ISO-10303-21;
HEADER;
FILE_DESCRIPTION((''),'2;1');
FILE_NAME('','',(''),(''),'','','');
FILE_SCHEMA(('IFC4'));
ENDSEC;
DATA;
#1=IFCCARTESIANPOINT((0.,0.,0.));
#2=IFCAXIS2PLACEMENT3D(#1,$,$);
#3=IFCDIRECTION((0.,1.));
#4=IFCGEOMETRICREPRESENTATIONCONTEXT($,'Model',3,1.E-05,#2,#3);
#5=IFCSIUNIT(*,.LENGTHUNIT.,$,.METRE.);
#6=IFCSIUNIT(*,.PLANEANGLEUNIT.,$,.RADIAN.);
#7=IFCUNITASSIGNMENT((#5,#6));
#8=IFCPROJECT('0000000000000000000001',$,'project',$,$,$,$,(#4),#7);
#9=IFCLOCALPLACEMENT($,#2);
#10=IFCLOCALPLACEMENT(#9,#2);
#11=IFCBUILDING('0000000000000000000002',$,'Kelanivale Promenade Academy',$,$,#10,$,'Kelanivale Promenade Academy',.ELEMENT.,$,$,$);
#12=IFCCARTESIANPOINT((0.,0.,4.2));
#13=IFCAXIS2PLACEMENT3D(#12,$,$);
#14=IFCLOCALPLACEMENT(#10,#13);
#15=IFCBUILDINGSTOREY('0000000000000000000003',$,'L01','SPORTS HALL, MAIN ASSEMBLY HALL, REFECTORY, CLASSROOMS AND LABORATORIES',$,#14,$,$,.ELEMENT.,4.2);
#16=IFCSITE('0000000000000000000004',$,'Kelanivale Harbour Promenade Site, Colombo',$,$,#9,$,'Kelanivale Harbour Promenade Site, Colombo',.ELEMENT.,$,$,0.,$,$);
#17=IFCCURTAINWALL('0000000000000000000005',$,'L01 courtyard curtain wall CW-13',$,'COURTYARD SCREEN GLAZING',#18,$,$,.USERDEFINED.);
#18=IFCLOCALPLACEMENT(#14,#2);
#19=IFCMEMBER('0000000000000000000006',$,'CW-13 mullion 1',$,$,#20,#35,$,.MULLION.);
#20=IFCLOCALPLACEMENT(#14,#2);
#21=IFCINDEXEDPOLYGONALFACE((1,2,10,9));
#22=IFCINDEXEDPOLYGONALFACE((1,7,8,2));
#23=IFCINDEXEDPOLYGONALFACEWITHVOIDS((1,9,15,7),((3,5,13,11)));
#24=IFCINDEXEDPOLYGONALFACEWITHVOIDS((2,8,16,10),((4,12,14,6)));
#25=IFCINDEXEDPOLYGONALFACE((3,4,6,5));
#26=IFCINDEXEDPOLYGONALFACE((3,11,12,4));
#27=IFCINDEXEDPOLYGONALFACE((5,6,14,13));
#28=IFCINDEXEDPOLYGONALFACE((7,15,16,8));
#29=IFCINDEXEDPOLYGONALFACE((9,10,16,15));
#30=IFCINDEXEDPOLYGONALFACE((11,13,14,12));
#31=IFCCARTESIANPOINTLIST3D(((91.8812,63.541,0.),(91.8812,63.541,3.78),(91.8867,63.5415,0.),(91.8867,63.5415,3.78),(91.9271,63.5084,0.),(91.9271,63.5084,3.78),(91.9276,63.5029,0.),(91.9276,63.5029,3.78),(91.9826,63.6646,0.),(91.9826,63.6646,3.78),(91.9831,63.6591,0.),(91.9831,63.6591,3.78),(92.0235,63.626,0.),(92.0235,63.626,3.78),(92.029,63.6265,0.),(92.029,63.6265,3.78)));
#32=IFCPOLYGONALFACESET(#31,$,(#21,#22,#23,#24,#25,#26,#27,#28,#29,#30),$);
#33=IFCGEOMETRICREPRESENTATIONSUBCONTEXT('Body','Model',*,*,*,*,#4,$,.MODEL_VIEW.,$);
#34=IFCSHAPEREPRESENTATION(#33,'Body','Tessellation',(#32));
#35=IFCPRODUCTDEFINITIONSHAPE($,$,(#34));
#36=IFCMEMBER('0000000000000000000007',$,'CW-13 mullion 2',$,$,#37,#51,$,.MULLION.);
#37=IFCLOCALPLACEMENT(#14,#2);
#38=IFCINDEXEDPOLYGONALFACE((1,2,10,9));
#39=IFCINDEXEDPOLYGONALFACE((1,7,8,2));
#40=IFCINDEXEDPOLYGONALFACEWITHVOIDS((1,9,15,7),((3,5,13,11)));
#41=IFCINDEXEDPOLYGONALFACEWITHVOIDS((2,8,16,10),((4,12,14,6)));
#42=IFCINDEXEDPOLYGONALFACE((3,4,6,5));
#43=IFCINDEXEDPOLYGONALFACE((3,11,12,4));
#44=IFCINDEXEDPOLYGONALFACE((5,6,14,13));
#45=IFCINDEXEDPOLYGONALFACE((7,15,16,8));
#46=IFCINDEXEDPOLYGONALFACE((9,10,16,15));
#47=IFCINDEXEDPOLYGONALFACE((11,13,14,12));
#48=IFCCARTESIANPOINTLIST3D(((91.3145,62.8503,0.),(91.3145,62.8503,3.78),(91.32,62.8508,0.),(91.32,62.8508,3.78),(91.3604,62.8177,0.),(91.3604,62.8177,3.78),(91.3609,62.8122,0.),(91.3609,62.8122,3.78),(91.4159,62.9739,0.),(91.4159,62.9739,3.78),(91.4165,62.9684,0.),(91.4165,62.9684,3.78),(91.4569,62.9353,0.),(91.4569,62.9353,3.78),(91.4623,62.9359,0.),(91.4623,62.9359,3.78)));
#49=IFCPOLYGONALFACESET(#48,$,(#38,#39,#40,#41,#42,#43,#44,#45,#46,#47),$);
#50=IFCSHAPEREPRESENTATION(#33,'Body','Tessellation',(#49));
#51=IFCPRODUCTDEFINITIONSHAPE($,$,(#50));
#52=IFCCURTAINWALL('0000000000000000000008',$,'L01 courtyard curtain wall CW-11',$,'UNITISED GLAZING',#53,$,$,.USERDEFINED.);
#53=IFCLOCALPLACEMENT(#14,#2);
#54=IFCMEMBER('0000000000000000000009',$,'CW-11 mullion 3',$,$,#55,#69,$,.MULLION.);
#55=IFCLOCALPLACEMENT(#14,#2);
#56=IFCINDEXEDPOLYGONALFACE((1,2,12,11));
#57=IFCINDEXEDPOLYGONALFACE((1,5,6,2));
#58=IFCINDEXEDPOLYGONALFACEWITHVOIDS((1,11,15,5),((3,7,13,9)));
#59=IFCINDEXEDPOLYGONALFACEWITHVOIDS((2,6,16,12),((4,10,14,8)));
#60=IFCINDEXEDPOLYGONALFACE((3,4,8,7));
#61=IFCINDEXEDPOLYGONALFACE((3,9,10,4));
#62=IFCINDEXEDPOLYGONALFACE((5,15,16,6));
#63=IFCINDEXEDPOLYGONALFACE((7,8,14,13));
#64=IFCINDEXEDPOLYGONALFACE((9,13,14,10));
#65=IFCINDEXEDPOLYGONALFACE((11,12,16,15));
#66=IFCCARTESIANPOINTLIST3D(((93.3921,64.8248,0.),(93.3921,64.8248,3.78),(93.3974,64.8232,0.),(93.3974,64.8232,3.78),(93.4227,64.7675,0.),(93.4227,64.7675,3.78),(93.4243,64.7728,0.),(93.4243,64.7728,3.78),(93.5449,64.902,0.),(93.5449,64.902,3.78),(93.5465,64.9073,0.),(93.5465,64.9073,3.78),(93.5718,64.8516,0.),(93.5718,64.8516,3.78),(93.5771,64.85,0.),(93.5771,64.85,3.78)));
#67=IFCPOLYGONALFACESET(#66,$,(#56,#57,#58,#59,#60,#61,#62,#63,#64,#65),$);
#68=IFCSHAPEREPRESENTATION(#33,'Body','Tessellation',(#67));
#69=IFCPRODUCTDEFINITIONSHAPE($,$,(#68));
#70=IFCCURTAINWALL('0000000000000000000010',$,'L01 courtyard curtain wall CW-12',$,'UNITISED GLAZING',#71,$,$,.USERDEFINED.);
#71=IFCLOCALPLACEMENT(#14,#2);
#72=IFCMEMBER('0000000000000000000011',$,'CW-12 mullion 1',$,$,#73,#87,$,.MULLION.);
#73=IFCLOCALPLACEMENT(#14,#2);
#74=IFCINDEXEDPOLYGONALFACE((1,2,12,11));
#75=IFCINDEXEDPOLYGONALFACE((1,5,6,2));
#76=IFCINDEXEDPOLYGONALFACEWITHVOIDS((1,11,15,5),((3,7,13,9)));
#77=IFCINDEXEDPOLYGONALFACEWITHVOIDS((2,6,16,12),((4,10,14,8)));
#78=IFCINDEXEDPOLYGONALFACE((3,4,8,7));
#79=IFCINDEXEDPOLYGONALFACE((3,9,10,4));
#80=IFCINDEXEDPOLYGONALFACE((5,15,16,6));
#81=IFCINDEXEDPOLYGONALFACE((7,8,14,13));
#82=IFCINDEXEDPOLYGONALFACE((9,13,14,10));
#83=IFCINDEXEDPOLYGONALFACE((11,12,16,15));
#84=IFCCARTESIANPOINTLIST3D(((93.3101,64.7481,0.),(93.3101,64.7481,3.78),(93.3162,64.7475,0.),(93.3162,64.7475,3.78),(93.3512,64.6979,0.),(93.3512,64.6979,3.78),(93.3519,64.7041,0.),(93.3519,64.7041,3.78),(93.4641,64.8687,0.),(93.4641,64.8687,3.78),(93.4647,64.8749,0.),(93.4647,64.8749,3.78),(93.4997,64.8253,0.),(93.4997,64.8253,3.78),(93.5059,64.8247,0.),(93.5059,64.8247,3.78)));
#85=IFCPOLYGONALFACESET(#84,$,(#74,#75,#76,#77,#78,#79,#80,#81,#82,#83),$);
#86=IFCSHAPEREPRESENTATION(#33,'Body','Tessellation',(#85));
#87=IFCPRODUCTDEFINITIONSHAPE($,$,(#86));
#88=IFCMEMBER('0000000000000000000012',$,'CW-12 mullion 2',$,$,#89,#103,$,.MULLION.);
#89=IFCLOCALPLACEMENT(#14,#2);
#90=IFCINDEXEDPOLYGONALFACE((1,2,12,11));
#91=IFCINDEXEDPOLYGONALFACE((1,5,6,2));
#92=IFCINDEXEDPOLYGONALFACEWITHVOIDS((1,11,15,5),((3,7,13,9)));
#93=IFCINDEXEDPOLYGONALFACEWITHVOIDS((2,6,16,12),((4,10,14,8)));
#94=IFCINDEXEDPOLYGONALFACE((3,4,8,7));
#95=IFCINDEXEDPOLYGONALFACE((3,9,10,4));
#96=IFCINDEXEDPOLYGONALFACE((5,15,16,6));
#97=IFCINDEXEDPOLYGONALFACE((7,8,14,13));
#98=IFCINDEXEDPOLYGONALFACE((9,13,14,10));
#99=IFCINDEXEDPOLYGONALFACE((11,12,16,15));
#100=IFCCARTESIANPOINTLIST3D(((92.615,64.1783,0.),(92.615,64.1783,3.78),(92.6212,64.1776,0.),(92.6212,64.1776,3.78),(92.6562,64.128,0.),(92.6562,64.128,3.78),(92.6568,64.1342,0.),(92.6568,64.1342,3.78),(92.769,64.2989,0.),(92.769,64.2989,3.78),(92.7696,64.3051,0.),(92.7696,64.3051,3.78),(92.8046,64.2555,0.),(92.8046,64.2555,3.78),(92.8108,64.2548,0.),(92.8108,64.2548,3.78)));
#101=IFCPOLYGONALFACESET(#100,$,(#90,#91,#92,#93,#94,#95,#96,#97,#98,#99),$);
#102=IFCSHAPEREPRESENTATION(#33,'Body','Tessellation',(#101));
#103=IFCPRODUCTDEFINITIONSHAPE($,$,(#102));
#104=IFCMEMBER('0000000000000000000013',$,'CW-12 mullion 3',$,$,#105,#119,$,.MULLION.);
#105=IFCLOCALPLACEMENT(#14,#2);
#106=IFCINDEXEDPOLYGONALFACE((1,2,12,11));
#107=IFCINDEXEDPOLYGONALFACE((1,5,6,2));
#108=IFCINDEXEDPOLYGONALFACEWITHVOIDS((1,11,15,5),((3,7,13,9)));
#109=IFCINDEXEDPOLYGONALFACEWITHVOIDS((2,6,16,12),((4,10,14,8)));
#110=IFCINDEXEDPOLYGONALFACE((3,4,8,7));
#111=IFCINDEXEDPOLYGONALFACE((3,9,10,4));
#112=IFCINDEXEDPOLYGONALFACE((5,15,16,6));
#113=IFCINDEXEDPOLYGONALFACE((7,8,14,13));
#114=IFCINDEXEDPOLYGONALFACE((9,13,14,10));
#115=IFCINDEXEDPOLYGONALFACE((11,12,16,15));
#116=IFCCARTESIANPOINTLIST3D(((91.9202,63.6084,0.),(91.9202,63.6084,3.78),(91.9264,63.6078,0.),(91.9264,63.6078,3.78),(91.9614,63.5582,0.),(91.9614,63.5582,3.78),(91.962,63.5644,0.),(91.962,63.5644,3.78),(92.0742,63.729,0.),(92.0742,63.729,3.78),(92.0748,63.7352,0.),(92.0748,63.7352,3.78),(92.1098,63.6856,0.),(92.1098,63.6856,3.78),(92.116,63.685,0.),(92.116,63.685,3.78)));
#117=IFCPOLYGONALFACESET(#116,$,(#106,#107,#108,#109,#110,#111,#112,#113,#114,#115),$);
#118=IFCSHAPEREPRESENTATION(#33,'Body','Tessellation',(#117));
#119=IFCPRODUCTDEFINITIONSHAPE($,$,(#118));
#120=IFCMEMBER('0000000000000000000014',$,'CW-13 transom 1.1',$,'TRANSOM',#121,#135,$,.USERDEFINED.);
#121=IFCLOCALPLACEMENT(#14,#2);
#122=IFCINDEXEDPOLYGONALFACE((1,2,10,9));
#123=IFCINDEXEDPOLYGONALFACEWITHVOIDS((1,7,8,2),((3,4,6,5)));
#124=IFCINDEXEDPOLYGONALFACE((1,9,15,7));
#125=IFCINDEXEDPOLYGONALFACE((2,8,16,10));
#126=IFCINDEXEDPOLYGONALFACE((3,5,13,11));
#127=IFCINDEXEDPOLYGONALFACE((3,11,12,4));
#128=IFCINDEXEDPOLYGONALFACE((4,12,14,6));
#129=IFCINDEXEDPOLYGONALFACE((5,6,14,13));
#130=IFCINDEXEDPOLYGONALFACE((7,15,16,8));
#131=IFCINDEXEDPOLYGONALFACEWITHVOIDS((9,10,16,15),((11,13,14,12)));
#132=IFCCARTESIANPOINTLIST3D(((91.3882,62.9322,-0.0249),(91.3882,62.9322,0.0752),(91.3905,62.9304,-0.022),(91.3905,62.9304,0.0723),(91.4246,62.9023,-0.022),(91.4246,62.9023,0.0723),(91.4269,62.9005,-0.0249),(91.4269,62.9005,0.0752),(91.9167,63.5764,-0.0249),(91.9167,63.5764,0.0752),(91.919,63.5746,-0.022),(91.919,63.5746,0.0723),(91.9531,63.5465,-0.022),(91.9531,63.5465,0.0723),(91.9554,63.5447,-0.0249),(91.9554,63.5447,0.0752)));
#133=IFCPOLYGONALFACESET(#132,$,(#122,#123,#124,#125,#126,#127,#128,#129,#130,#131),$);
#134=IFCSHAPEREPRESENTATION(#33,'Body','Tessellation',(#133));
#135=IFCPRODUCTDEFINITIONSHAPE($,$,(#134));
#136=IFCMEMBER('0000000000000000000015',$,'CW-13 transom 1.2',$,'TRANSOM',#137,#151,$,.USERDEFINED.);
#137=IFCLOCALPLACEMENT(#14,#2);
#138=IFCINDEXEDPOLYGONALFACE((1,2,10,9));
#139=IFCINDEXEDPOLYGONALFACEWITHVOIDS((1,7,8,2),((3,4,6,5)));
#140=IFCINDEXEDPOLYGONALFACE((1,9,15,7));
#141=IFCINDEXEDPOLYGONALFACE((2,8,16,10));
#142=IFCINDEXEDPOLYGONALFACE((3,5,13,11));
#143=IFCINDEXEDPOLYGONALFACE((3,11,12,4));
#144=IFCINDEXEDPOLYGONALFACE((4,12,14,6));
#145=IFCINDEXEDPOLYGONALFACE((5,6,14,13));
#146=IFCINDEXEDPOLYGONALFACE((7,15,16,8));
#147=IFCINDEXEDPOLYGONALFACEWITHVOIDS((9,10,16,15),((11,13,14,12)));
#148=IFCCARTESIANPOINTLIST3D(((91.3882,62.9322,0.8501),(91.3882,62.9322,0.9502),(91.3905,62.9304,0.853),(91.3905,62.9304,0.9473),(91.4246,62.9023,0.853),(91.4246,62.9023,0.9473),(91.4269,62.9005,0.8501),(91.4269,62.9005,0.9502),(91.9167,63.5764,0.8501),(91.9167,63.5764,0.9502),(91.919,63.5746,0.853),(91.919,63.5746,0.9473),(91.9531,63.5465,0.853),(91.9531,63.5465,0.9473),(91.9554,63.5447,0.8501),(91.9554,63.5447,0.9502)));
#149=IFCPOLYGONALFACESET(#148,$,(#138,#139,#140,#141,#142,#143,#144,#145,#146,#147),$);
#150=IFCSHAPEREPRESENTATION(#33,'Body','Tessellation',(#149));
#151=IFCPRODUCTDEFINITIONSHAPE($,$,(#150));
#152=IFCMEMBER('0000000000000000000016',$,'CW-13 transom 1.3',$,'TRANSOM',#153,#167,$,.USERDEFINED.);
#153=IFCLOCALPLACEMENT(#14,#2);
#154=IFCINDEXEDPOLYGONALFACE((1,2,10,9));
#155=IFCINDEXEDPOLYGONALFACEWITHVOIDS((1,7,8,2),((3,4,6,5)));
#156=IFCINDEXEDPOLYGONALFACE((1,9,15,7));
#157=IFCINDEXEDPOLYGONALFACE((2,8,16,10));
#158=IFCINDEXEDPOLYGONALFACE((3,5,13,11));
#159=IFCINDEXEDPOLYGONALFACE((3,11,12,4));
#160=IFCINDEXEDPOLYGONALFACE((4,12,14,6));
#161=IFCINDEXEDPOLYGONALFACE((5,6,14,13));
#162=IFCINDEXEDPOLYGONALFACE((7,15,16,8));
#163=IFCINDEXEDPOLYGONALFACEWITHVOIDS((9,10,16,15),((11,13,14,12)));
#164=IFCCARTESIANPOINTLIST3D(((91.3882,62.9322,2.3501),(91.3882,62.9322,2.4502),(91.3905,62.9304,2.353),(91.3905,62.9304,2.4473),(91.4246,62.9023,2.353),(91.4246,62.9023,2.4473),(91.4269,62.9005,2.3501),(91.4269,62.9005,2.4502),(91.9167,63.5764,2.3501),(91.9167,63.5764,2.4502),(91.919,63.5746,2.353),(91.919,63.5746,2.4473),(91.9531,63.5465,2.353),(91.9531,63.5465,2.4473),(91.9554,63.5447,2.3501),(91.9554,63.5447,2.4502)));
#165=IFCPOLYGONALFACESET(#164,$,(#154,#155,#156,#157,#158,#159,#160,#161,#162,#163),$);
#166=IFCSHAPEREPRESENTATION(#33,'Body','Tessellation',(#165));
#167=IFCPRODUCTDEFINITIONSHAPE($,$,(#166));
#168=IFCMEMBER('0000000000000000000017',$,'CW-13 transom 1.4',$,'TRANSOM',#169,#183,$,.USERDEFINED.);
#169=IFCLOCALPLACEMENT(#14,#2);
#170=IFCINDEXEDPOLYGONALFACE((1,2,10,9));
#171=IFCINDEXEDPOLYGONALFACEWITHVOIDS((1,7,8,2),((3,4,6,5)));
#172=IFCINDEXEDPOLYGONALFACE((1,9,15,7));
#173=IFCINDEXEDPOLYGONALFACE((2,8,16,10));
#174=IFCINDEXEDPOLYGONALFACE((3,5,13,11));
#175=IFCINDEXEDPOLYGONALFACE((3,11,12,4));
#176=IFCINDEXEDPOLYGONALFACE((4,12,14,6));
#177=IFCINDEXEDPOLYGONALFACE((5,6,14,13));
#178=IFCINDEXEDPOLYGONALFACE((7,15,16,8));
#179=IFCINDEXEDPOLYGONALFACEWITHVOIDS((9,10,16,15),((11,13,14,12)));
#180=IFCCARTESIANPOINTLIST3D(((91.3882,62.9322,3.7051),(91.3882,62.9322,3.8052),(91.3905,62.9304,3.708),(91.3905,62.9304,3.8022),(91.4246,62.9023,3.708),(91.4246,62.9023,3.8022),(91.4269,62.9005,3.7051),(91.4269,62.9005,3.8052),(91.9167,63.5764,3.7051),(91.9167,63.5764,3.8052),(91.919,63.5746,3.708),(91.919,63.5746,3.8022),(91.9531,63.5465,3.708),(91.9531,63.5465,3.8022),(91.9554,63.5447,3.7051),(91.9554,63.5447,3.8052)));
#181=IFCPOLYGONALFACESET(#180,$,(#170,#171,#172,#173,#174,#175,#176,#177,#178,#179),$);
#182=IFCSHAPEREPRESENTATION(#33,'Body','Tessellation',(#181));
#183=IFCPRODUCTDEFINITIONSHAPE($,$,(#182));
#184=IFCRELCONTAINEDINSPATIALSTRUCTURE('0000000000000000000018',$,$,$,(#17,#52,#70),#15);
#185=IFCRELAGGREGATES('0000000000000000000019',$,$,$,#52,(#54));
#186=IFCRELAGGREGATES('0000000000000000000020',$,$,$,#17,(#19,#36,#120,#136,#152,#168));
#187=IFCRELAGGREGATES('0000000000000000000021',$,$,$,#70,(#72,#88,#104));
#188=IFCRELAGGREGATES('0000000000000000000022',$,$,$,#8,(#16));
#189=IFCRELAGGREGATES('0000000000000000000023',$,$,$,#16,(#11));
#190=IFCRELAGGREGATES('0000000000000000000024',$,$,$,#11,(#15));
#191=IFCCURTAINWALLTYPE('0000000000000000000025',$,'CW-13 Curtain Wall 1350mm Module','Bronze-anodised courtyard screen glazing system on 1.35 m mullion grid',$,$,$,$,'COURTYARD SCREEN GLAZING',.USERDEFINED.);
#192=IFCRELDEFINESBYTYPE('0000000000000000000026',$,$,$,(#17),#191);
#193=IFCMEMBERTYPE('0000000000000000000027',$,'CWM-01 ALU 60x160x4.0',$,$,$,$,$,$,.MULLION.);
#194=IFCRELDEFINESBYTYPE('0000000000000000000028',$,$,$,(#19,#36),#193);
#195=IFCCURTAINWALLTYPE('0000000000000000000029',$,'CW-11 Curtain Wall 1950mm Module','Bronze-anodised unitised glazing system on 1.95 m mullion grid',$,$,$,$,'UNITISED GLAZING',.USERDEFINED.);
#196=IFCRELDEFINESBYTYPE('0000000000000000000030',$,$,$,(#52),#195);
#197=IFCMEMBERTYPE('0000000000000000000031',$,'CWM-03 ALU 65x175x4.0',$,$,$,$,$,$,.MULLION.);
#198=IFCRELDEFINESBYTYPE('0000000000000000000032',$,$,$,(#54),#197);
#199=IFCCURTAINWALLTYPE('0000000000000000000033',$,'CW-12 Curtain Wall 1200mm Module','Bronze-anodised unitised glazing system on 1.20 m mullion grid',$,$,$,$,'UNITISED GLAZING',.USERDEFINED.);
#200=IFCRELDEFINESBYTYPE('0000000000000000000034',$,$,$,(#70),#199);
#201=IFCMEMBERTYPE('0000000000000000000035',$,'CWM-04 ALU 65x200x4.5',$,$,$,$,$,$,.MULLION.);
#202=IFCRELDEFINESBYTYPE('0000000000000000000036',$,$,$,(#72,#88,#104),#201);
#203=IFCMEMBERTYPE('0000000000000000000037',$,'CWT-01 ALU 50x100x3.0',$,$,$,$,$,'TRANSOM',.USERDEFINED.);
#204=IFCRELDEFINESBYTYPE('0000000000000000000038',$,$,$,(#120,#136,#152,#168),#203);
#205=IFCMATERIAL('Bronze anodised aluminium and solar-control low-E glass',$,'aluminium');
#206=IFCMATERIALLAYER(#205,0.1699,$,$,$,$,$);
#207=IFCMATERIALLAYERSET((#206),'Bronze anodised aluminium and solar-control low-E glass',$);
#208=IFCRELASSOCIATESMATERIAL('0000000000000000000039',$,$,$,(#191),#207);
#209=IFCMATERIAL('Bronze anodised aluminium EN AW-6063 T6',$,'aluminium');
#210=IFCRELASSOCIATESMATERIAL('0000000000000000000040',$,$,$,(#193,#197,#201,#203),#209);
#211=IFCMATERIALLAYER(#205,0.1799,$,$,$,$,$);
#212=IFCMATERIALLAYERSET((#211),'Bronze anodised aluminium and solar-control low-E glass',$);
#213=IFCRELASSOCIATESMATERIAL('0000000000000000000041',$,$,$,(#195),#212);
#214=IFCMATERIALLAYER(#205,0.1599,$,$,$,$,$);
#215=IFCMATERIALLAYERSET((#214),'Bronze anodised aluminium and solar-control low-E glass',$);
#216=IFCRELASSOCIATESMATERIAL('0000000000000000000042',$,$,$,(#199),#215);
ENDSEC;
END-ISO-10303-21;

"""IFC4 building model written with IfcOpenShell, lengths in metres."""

from ifc_helpers import new_model, si_unit, direction, frame, origin, origin_2d, place, context, subcontext, project, spatial, hollow_rectangle, extrude, material, layer, layer_set, material_profile, profile_set, type_object, element, aggregate, save


model = new_model("IFC4")

# Units and contexts
model_context = context("Model", 3, precision=1e-05, world=origin(), true_north=direction((0.0, 1.0)))
body_context = subcontext(model_context, "Body", "Model", "MODEL_VIEW")
ifc_project = project(units=[si_unit("LENGTHUNIT", "METRE"), si_unit("PLANEANGLEUNIT", "RADIAN")], contexts=[model_context])

# Site, building, storey
site_placement = place(None, origin())
site = spatial("IfcSite", under=ifc_project, at=site_placement, Name="Kelanivale Harbour Promenade Site, Colombo", LongName="Kelanivale Harbour Promenade Site, Colombo", CompositionType="ELEMENT", RefElevation=0.0)
building_placement = place(site_placement, origin())
building = spatial("IfcBuilding", under=site, at=building_placement, Name="Kelanivale Promenade Academy", LongName="Kelanivale Promenade Academy", CompositionType="ELEMENT")
storey_placement = place(building_placement, frame((0.0, 0.0, 4.2)))
storey = spatial("IfcBuildingStorey", under=building, at=storey_placement, Name="L01", Description="SPORTS HALL, MAIN ASSEMBLY HALL, REFECTORY, CLASSROOMS AND LABORATORIES", CompositionType="ELEMENT", Elevation=4.2)

# Curtain wall, members
ifc_material_1 = material(Name="Bronze anodised aluminium and solar-control low-E glass", Category="aluminium")
ifc_layer_1 = layer(ifc_material_1, 0.1699)
ifc_layer_set_1 = layer_set([ifc_layer_1], Name="Bronze anodised aluminium and solar-control low-E glass")
curtain_wall_type_1 = type_object("IfcCurtainWallType", Name="CW-13 Curtain Wall 1350mm Module", Description="Bronze-anodised courtyard screen glazing system on 1.35 m mullion grid", ElementType="COURTYARD SCREEN GLAZING", PredefinedType="USERDEFINED", material=ifc_layer_set_1)
curtain_wall_1_placement = place(storey_placement, origin())
curtain_wall_1 = element("IfcCurtainWall", 1, at=curtain_wall_1_placement, inside=storey, type_object=curtain_wall_type_1, Name="L01 courtyard curtain wall CW-13", ObjectType="COURTYARD SCREEN GLAZING", PredefinedType="USERDEFINED")
ifc_material_2 = material(Name="Bronze anodised aluminium EN AW-6063 T6", Category="aluminium")
ifc_material_profile_1 = material_profile(ifc_material_2, hollow_rectangle(XDim=0.0601, YDim=0.1599, WallThickness=0.0039, at=origin_2d()), Name="ALU 60x160x4.0")
ifc_profile_set_1 = profile_set([ifc_material_profile_1], Name="Bronze anodised aluminium EN AW-6063 T6")
member_type_1 = type_object("IfcMemberType", Name="CWM-01 ALU 60x160x4.0", PredefinedType="MULLION", material=ifc_profile_set_1)
member_1_placement = place(storey_placement, frame((91.9551, 63.5837, 0.0), z_axis=(0.0, 0.0, 1.0), x_axis=(0.773257, -0.634093, 0.0)))
member_1 = element("IfcMember", 2, at=member_1_placement, type_object=member_type_1, Name="CW-13 mullion 1", PredefinedType="MULLION", context=body_context, shape_type="SweptSolid", body=[
    extrude(hollow_rectangle(XDim=0.0601, YDim=0.1599, WallThickness=0.0039, at=origin_2d()), origin(), (0.0, 0.0, 1.0), 3.78),
])
member_2_placement = place(storey_placement, frame((91.3884, 62.8931, 0.0), z_axis=(0.0, 0.0, 1.0), x_axis=(0.773257, -0.634093, 0.0)))
member_2 = element("IfcMember", 3, at=member_2_placement, type_object=member_type_1, Name="CW-13 mullion 2", PredefinedType="MULLION", context=body_context, shape_type="SweptSolid", body=[
    extrude(hollow_rectangle(XDim=0.0601, YDim=0.1599, WallThickness=0.0039, at=origin_2d()), origin(), (0.0, 0.0, 1.0), 3.78),
])

# Curtain wall, member
ifc_layer_2 = layer(ifc_material_1, 0.1799)
ifc_layer_set_2 = layer_set([ifc_layer_2], Name="Bronze anodised aluminium and solar-control low-E glass")
curtain_wall_type_2 = type_object("IfcCurtainWallType", Name="CW-11 Curtain Wall 1950mm Module", Description="Bronze-anodised unitised glazing system on 1.95 m mullion grid", ElementType="UNITISED GLAZING", PredefinedType="USERDEFINED", material=ifc_layer_set_2)
curtain_wall_2_placement = place(storey_placement, origin())
curtain_wall_2 = element("IfcCurtainWall", 4, at=curtain_wall_2_placement, inside=storey, type_object=curtain_wall_type_2, Name="L01 courtyard curtain wall CW-11", ObjectType="UNITISED GLAZING", PredefinedType="USERDEFINED")
ifc_material_profile_2 = material_profile(ifc_material_2, hollow_rectangle(XDim=0.0649, YDim=0.175, WallThickness=0.0039, at=origin_2d()), Name="ALU 65x175x4.0")
ifc_profile_set_2 = profile_set([ifc_material_profile_2], Name="Bronze anodised aluminium EN AW-6063 T6")
member_type_2 = type_object("IfcMemberType", Name="CWM-03 ALU 65x175x4.0", PredefinedType="MULLION", material=ifc_profile_set_2)
member_3_placement = place(storey_placement, frame((93.4846, 64.8374, 0.0), z_axis=(0.0, 0.0, 1.0), x_axis=(0.47129, -0.881978, 0.0)))
member_3 = element("IfcMember", 5, at=member_3_placement, type_object=member_type_2, Name="CW-11 mullion 3", PredefinedType="MULLION", context=body_context, shape_type="SweptSolid", body=[
    extrude(hollow_rectangle(XDim=0.0649, YDim=0.175, WallThickness=0.0039, at=origin_2d()), origin(), (0.0, 0.0, 1.0), 3.78),
])
aggregate(curtain_wall_2, [member_3])

# Curtain wall, members
ifc_layer_3 = layer(ifc_material_1, 0.1599)
ifc_layer_set_3 = layer_set([ifc_layer_3], Name="Bronze anodised aluminium and solar-control low-E glass")
curtain_wall_type_3 = type_object("IfcCurtainWallType", Name="CW-12 Curtain Wall 1200mm Module", Description="Bronze-anodised unitised glazing system on 1.20 m mullion grid", ElementType="UNITISED GLAZING", PredefinedType="USERDEFINED", material=ifc_layer_set_3)
curtain_wall_3_placement = place(storey_placement, origin())
curtain_wall_3 = element("IfcCurtainWall", 6, at=curtain_wall_3_placement, inside=storey, type_object=curtain_wall_type_3, Name="L01 courtyard curtain wall CW-12", ObjectType="UNITISED GLAZING", PredefinedType="USERDEFINED")
ifc_material_profile_3 = material_profile(ifc_material_2, hollow_rectangle(XDim=0.0649, YDim=0.2, WallThickness=0.0044, at=origin_2d()), Name="ALU 65x200x4.5")
ifc_profile_set_3 = profile_set([ifc_material_profile_3], Name="Bronze anodised aluminium EN AW-6063 T6")
member_type_3 = type_object("IfcMemberType", Name="CWM-04 ALU 65x200x4.5", PredefinedType="MULLION", material=ifc_profile_set_3)
member_4_placement = place(storey_placement, frame((93.408, 64.7864, 0.0), z_axis=(0.0, 0.0, 1.0), x_axis=(0.634144, -0.773215, 0.0)))
member_4 = element("IfcMember", 7, at=member_4_placement, type_object=member_type_3, Name="CW-12 mullion 1", PredefinedType="MULLION", context=body_context, shape_type="SweptSolid", body=[
    extrude(hollow_rectangle(XDim=0.0649, YDim=0.2, WallThickness=0.0044, at=origin_2d()), origin(), (0.0, 0.0, 1.0), 3.78),
])
member_5_placement = place(storey_placement, frame((92.7129, 64.2166, 0.0), z_axis=(0.0, 0.0, 1.0), x_axis=(0.634144, -0.773215, 0.0)))
member_5 = element("IfcMember", 8, at=member_5_placement, type_object=member_type_3, Name="CW-12 mullion 2", PredefinedType="MULLION", context=body_context, shape_type="SweptSolid", body=[
    extrude(hollow_rectangle(XDim=0.0649, YDim=0.2, WallThickness=0.0044, at=origin_2d()), origin(), (0.0, 0.0, 1.0), 3.78),
])
member_6_placement = place(storey_placement, frame((92.0181, 63.6467, 0.0), z_axis=(0.0, 0.0, 1.0), x_axis=(0.634144, -0.773215, 0.0)))
member_6 = element("IfcMember", 9, at=member_6_placement, type_object=member_type_3, Name="CW-12 mullion 3", PredefinedType="MULLION", context=body_context, shape_type="SweptSolid", body=[
    extrude(hollow_rectangle(XDim=0.0649, YDim=0.2, WallThickness=0.0044, at=origin_2d()), origin(), (0.0, 0.0, 1.0), 3.78),
])

# Members
ifc_material_profile_4 = material_profile(ifc_material_2, hollow_rectangle(XDim=0.05, YDim=0.1001, WallThickness=0.0029, at=origin_2d()), Name="ALU 50x100x3.0")
ifc_profile_set_4 = profile_set([ifc_material_profile_4], Name="Bronze anodised aluminium EN AW-6063 T6")
member_type_4 = type_object("IfcMemberType", Name="CWT-01 ALU 50x100x3.0", ElementType="TRANSOM", PredefinedType="USERDEFINED", material=ifc_profile_set_4)
member_7_placement = place(storey_placement, frame((91.936, 63.5605, 0.0251), z_axis=(-0.634258, -0.773121, 0.0), x_axis=(0.773121, -0.634258, 0.0)))
member_7 = element("IfcMember", 10, at=member_7_placement, type_object=member_type_4, Name="CW-13 transom 1.1", ObjectType="TRANSOM", PredefinedType="USERDEFINED", context=body_context, shape_type="SweptSolid", body=[
    extrude(hollow_rectangle(XDim=0.05, YDim=0.1001, WallThickness=0.0029, at=origin_2d()), origin(), (0.0, 0.0, 1.0), 0.8333),
])
member_8_placement = place(storey_placement, frame((91.936, 63.5605, 0.9001), z_axis=(-0.634258, -0.773121, 0.0), x_axis=(0.773121, -0.634258, 0.0)))
member_8 = element("IfcMember", 11, at=member_8_placement, type_object=member_type_4, Name="CW-13 transom 1.2", ObjectType="TRANSOM", PredefinedType="USERDEFINED", context=body_context, shape_type="SweptSolid", body=[
    extrude(hollow_rectangle(XDim=0.05, YDim=0.1001, WallThickness=0.0029, at=origin_2d()), origin(), (0.0, 0.0, 1.0), 0.8333),
])
member_9_placement = place(storey_placement, frame((91.936, 63.5605, 2.4001), z_axis=(-0.634258, -0.773121, 0.0), x_axis=(0.773121, -0.634258, 0.0)))
member_9 = element("IfcMember", 12, at=member_9_placement, type_object=member_type_4, Name="CW-13 transom 1.3", ObjectType="TRANSOM", PredefinedType="USERDEFINED", context=body_context, shape_type="SweptSolid", body=[
    extrude(hollow_rectangle(XDim=0.05, YDim=0.1001, WallThickness=0.0029, at=origin_2d()), origin(), (0.0, 0.0, 1.0), 0.8333),
])
member_10_placement = place(storey_placement, frame((91.936, 63.5605, 3.7551), z_axis=(-0.634258, -0.773121, 0.0), x_axis=(0.773121, -0.634258, 0.0)))
member_10 = element("IfcMember", 13, at=member_10_placement, type_object=member_type_4, Name="CW-13 transom 1.4", ObjectType="TRANSOM", PredefinedType="USERDEFINED", context=body_context, shape_type="SweptSolid", body=[
    extrude(hollow_rectangle(XDim=0.05, YDim=0.1001, WallThickness=0.0029, at=origin_2d()), origin(), (0.0, 0.0, 1.0), 0.8333),
])

aggregate(curtain_wall_1, [member_1, member_2, member_7, member_8, member_9, member_10])
aggregate(curtain_wall_3, [member_4, member_5, member_6])

save(model, "model.ifc")
